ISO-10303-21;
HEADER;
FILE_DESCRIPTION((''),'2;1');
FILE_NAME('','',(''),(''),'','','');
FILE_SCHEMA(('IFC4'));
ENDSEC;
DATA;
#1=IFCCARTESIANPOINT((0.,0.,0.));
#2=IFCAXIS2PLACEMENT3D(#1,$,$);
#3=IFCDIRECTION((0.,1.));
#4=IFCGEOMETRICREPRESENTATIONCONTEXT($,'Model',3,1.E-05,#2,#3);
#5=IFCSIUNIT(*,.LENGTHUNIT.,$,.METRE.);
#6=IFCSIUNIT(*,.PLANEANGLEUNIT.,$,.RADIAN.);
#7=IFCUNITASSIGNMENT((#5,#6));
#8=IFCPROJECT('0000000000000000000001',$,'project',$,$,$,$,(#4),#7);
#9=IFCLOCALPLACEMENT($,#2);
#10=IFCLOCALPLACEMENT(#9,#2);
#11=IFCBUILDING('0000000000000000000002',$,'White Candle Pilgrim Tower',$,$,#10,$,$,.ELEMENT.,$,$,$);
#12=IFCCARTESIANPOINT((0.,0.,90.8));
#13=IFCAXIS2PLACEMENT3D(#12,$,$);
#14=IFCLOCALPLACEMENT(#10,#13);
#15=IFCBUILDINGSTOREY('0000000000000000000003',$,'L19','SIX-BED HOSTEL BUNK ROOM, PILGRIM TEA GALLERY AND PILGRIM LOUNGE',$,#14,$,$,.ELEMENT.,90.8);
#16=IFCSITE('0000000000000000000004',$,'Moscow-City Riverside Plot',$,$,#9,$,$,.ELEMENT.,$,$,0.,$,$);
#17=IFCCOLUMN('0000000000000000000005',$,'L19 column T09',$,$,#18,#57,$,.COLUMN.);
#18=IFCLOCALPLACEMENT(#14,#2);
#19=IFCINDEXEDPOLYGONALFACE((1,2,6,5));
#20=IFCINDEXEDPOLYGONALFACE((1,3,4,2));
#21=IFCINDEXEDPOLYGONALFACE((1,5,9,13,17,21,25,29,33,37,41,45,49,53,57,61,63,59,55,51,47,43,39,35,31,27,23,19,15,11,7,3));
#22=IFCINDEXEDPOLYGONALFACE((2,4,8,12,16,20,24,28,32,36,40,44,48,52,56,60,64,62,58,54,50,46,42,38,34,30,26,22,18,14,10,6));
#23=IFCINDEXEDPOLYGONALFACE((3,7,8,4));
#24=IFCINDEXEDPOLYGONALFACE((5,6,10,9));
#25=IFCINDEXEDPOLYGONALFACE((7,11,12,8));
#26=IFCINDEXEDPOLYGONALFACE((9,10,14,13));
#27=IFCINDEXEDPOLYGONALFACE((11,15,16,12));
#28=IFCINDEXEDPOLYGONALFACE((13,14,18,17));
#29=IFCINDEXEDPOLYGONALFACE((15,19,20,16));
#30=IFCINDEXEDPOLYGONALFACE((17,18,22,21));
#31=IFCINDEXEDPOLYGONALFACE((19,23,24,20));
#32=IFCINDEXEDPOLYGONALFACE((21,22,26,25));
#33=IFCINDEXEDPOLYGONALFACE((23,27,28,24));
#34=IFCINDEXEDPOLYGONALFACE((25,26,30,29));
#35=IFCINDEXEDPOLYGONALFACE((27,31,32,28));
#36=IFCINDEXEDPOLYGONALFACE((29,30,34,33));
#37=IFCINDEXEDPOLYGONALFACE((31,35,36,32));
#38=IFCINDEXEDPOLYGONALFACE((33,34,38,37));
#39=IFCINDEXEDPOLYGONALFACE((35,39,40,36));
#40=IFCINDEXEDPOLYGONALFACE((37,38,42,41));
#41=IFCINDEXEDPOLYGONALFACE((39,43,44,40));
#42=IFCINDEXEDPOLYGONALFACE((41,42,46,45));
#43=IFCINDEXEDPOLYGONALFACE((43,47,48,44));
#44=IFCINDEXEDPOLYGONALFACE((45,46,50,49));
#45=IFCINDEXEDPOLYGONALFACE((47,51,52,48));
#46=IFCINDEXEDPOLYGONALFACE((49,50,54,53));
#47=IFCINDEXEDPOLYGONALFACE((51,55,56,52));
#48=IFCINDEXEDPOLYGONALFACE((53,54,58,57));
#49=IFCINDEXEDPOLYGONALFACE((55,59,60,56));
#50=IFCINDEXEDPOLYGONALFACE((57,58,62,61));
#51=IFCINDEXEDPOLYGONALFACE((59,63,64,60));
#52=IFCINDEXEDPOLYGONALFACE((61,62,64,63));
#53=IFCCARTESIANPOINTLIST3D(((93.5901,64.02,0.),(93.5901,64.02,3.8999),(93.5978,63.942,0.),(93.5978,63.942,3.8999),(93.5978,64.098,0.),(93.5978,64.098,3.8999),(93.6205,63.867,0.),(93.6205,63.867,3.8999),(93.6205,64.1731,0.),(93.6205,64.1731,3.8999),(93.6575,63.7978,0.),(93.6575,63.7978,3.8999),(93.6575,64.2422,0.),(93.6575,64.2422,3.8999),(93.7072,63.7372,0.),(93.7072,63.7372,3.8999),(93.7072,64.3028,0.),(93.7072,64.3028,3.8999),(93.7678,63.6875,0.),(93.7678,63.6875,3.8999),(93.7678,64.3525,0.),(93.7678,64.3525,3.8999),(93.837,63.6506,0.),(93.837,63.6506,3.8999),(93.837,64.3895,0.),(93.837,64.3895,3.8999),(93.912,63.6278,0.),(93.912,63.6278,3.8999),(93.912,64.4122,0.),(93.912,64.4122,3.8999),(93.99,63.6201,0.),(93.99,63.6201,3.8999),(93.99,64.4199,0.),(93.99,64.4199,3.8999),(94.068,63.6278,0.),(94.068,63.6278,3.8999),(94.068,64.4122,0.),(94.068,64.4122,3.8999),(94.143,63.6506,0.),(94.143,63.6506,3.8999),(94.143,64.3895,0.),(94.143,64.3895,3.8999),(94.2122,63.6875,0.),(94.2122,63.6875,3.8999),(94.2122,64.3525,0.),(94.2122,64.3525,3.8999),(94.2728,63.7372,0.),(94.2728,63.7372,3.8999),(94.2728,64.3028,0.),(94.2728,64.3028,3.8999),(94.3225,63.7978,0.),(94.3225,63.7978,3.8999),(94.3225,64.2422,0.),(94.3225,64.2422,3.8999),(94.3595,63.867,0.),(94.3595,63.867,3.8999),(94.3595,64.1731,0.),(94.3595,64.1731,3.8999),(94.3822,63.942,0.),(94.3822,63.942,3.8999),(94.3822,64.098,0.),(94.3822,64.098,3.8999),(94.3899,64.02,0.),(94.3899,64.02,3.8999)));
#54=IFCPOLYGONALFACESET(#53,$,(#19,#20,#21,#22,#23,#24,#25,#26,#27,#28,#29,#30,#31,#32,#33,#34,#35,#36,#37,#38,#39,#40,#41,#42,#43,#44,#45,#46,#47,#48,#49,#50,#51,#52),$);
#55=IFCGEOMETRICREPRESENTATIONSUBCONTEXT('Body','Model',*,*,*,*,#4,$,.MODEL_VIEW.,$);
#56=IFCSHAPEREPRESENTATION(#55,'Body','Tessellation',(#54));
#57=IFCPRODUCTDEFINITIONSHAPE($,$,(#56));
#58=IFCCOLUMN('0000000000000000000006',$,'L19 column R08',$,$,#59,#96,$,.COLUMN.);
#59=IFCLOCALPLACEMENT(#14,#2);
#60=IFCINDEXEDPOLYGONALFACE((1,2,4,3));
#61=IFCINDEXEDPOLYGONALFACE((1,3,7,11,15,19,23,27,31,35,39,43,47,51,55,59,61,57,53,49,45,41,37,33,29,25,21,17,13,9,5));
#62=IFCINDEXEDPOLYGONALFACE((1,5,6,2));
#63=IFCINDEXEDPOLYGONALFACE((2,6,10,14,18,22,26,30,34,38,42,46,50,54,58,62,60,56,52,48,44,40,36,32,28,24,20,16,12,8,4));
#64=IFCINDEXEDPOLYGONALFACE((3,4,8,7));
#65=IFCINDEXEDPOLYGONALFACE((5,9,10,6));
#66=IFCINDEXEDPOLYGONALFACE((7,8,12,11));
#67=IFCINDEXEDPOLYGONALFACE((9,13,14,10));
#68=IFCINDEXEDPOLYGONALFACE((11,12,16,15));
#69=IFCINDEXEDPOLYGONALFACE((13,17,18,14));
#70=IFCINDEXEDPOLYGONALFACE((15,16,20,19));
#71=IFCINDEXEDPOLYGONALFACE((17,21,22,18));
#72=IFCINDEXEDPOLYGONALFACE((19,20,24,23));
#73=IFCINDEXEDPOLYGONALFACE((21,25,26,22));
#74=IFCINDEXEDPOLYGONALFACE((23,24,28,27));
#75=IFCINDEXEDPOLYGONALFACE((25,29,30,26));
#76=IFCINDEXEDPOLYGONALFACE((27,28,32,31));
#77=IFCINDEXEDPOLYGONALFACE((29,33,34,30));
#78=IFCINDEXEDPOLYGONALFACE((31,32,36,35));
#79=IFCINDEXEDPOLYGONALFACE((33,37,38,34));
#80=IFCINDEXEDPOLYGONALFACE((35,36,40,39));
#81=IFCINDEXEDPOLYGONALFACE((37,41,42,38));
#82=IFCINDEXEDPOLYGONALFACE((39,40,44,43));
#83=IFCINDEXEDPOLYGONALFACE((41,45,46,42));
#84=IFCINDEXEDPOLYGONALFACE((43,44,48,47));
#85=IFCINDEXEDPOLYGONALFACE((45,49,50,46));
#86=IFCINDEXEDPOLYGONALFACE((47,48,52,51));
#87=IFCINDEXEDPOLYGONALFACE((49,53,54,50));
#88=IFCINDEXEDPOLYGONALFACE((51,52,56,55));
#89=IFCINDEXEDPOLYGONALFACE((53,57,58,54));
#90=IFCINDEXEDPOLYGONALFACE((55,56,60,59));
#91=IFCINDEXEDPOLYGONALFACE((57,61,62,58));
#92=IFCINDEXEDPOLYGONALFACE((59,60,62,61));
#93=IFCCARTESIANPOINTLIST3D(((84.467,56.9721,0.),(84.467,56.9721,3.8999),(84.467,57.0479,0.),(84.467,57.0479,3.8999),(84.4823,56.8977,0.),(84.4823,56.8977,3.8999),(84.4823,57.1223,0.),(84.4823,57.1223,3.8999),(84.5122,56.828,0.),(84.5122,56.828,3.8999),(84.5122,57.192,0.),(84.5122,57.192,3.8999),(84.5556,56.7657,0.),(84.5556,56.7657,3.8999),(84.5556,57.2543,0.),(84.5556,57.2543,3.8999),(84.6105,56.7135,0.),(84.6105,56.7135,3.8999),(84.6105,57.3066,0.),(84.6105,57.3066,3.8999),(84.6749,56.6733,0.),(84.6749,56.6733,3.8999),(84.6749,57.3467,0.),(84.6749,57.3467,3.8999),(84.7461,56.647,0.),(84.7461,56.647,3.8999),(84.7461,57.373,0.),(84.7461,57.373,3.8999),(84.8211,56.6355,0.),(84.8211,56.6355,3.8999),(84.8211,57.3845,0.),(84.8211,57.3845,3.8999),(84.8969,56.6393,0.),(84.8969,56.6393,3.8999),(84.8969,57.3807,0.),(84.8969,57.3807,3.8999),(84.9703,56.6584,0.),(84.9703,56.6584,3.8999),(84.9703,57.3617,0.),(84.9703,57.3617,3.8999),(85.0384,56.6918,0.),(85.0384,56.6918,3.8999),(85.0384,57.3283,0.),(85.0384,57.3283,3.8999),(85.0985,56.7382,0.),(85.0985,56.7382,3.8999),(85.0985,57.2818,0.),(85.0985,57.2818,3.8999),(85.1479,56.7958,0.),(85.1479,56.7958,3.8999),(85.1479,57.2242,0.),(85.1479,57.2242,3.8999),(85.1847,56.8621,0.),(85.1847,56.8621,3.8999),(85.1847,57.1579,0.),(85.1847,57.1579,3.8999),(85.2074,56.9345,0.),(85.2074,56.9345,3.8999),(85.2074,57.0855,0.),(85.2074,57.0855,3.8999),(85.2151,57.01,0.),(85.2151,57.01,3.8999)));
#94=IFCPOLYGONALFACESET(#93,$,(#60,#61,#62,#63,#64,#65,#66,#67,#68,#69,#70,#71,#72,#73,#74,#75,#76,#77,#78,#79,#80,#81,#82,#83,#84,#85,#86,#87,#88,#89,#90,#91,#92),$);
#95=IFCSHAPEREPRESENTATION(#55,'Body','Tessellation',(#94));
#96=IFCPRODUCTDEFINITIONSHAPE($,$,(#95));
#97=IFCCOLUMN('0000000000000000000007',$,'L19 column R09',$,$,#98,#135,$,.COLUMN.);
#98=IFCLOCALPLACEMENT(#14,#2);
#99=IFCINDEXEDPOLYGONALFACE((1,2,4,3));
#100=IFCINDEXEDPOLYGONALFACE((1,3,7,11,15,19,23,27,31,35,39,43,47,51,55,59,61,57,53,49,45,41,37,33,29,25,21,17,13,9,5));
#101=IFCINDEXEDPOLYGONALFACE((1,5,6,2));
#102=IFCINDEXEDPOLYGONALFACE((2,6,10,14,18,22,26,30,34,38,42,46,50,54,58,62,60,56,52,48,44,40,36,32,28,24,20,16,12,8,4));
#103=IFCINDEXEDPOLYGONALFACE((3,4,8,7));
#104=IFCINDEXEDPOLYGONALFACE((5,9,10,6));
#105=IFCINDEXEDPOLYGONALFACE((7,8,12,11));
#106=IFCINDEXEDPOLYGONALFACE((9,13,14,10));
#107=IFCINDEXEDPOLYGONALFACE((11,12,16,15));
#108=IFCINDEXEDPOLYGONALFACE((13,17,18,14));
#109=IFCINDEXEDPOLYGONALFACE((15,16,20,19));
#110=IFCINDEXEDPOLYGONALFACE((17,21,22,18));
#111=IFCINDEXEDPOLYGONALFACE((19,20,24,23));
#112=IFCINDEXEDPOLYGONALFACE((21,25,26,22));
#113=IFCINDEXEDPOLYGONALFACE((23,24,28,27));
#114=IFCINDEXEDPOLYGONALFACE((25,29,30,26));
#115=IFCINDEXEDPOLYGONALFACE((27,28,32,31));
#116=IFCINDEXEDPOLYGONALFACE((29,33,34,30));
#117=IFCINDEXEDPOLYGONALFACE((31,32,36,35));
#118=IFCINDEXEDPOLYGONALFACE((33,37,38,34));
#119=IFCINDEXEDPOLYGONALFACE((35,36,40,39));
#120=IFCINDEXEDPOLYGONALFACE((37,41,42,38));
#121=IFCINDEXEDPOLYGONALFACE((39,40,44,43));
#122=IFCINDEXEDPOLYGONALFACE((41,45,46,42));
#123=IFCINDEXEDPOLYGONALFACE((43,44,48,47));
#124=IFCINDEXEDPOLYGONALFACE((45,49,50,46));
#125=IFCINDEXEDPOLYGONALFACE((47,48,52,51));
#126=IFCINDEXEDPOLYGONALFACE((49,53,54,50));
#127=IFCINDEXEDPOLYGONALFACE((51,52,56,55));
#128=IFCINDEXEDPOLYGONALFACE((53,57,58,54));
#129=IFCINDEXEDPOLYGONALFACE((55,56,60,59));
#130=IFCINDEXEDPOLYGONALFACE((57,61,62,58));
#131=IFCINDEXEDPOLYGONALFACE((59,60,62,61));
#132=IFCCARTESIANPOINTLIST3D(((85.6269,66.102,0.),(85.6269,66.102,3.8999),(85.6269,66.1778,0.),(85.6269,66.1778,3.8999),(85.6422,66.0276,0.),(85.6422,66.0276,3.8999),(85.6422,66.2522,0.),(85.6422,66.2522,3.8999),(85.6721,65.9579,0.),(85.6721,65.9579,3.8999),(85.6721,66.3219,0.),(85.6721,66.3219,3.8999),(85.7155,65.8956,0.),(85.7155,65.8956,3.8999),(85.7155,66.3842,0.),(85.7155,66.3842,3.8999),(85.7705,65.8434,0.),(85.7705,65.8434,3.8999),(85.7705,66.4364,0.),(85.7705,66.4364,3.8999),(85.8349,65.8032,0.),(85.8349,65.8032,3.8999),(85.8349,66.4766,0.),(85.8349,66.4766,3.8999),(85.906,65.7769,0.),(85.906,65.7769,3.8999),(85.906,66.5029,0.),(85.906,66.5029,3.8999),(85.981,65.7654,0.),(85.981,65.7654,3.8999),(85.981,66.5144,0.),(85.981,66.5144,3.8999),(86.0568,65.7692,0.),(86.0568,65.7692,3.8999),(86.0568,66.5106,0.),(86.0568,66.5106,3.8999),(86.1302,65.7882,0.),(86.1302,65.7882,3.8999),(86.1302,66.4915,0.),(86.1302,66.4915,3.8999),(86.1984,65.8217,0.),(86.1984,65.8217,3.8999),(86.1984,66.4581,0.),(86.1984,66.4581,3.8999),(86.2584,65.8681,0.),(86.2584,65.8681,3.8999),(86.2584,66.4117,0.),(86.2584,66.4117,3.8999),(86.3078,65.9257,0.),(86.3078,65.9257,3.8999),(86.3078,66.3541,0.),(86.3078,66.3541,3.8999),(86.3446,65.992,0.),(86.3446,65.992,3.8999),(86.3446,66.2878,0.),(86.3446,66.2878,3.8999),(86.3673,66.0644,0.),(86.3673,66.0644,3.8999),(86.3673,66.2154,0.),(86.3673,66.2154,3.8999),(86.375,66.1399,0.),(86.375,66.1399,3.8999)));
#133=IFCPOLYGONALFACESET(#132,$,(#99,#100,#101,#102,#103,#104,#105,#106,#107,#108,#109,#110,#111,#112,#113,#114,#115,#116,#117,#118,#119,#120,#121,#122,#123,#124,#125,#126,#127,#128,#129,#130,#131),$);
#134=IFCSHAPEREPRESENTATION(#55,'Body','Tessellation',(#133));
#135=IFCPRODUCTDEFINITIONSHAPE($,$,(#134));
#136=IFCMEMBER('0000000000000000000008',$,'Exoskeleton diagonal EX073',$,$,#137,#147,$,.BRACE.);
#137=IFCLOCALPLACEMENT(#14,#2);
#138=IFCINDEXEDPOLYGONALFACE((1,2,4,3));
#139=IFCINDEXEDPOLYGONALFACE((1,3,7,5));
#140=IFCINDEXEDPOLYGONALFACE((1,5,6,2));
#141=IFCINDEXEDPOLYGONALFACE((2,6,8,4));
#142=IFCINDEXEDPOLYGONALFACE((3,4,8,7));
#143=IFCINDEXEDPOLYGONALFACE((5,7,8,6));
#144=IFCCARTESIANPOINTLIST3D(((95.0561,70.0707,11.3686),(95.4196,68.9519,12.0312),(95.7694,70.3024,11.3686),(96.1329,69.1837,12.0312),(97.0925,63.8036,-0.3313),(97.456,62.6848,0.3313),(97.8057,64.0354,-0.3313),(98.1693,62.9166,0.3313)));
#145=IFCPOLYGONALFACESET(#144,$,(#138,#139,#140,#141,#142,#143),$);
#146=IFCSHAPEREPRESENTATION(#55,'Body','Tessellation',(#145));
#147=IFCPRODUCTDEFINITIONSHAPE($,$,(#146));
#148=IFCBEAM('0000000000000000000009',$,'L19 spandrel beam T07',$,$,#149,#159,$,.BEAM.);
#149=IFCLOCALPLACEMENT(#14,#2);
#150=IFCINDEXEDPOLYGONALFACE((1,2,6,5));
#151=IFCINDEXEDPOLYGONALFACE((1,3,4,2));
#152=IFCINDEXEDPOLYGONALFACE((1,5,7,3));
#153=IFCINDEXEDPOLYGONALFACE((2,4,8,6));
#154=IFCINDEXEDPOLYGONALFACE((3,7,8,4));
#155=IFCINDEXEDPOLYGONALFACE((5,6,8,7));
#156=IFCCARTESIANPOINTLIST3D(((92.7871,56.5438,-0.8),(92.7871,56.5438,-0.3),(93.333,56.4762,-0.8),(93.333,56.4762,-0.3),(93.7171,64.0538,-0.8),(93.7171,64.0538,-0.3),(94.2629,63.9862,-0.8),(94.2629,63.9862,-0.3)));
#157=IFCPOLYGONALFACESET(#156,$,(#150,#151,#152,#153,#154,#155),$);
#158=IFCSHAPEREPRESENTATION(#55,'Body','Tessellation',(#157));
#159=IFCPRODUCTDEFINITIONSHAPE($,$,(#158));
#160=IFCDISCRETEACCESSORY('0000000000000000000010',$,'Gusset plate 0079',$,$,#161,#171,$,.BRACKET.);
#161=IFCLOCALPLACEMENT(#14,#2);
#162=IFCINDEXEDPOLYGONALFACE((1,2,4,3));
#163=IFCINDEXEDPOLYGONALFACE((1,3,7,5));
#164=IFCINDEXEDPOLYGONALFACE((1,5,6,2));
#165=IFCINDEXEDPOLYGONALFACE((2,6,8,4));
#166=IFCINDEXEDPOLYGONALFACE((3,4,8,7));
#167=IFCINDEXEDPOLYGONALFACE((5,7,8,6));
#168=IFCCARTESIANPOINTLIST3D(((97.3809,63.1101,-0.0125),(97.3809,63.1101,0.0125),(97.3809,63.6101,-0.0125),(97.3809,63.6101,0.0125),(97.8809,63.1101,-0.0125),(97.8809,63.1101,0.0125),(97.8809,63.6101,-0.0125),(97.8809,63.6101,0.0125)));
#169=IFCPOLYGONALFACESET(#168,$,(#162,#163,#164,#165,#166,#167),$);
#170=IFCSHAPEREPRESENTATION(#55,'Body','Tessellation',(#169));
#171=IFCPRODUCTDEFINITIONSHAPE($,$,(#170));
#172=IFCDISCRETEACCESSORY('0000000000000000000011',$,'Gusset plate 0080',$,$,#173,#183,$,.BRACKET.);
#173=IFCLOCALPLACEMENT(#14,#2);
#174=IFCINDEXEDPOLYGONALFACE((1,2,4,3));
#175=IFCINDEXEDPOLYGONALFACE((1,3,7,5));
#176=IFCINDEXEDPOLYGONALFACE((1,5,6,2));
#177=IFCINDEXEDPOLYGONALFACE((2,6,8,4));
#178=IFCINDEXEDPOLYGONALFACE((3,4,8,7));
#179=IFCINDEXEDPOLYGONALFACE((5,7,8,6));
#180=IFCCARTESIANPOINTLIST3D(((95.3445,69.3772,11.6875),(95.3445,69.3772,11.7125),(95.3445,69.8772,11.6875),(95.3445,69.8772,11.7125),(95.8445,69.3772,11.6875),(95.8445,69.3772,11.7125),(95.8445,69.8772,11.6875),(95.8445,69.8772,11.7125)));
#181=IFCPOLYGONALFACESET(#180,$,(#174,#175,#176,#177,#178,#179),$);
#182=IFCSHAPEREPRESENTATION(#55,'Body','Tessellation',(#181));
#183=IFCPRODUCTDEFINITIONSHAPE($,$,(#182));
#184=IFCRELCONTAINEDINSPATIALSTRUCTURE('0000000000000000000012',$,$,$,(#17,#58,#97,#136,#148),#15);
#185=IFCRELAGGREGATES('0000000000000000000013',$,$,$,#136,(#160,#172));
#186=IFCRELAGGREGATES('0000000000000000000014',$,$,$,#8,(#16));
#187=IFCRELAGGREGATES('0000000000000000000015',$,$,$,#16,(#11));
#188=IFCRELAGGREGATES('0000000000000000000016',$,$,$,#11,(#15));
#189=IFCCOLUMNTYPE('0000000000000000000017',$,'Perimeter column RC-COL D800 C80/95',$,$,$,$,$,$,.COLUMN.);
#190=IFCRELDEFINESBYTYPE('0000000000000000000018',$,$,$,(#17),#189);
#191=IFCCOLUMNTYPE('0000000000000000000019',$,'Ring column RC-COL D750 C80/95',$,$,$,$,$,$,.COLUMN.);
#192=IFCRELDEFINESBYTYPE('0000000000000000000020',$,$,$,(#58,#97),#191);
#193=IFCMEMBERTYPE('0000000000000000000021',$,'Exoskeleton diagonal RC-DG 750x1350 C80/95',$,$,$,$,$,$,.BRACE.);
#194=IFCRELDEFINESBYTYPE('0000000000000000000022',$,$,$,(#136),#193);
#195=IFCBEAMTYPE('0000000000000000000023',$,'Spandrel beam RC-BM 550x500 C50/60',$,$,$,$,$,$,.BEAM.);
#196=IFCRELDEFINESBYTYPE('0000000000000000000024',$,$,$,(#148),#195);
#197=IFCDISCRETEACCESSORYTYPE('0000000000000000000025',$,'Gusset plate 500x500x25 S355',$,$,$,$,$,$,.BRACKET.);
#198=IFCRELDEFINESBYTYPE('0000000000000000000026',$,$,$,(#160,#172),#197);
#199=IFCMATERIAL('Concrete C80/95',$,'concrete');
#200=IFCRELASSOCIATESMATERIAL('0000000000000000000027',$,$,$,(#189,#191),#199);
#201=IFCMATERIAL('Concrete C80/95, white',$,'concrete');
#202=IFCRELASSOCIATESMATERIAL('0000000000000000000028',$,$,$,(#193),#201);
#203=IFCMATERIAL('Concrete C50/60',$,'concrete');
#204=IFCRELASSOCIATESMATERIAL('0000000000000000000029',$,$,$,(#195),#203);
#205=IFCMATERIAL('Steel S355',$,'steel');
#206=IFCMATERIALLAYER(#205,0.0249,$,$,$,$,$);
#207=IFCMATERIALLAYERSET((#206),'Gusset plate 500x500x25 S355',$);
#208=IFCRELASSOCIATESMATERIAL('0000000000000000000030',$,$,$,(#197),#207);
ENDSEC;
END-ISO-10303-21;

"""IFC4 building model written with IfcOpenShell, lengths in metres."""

from ifc_helpers import new_model, si_unit, direction, frame, origin, origin_2d, place, context, subcontext, project, spatial, rectangle, circle, extrude, material, layer, layer_set, material_profile, profile_set, type_object, element, aggregate, save


model = new_model("IFC4")

# Units and contexts
model_context = context("Model", 3, precision=1e-05, world=origin(), true_north=direction((0.0, 1.0)))
body_context = subcontext(model_context, "Body", "Model", "MODEL_VIEW")
ifc_project = project(units=[si_unit("LENGTHUNIT", "METRE"), si_unit("PLANEANGLEUNIT", "RADIAN")], contexts=[model_context])

# Site, building, storey
site_placement = place(None, origin())
site = spatial("IfcSite", under=ifc_project, at=site_placement, Name="Moscow-City Riverside Plot", CompositionType="ELEMENT", RefElevation=0.0)
building_placement = place(site_placement, origin())
building = spatial("IfcBuilding", under=site, at=building_placement, Name="White Candle Pilgrim Tower", CompositionType="ELEMENT")
storey_placement = place(building_placement, frame((0.0, 0.0, 90.8)))
storey = spatial("IfcBuildingStorey", under=building, at=storey_placement, Name="L19", Description="SIX-BED HOSTEL BUNK ROOM, PILGRIM TEA GALLERY AND PILGRIM LOUNGE", CompositionType="ELEMENT", Elevation=90.8)

# Columns
ifc_material_1 = material(Name="Concrete C80/95", Category="concrete")
ifc_material_profile_1 = material_profile(ifc_material_1, circle(Radius=0.3999, at=origin_2d()), Name="RC-COL D800")
ifc_profile_set_1 = profile_set([ifc_material_profile_1], Name="Concrete C80/95")
column_type_1 = type_object("IfcColumnType", Name="Perimeter column RC-COL D800 C80/95", PredefinedType="COLUMN", material=ifc_profile_set_1)
column_placement = place(storey_placement, frame((93.99, 64.02, 0.0), z_axis=(0.0, 0.0, 1.0), x_axis=(1.0, 0.0, 0.0)))
element("IfcColumn", 1, at=column_placement, inside=storey, type_object=column_type_1, Name="L19 column T09", PredefinedType="COLUMN", context=body_context, shape_type="SweptSolid", body=[
    extrude(circle(Radius=0.3999, at=origin_2d()), origin(), (0.0, 0.0, 1.0), 3.8999),
])
ifc_material_profile_2 = material_profile(ifc_material_1, circle(Radius=0.375, at=origin_2d()), Name="RC-COL D750")
ifc_profile_set_2 = profile_set([ifc_material_profile_2], Name="Concrete C80/95")
column_type_2 = type_object("IfcColumnType", Name="Ring column RC-COL D750 C80/95", PredefinedType="COLUMN", material=ifc_profile_set_2)
for number, where, z_axis, x_axis, name in (
    (2, (84.8401, 57.01, 0.0), (0.0, 0.0, 1.0), (1.0, 0.0, 0.0), "L19 column R08"),
    (3, (86.0, 66.1399, 0.0), (0.0, 0.0, 1.0), (1.0, 0.0, 0.0), "L19 column R09"),
):
    element("IfcColumn", number, at=place(storey_placement, frame(where, z_axis=z_axis, x_axis=x_axis)), inside=storey, type_object=column_type_2, Name=name, PredefinedType="COLUMN", context=body_context, shape_type="SweptSolid", body=[
        extrude(circle(Radius=0.375, at=origin_2d()), origin(), (0.0, 0.0, 1.0), 3.8999),
    ])

# Member
ifc_material_2 = material(Name="Concrete C80/95, white", Category="concrete")
ifc_material_profile_3 = material_profile(ifc_material_2, rectangle(XDim=0.75, YDim=1.3501, at=origin_2d()), Name="RC-DG 750x1350")
ifc_profile_set_3 = profile_set([ifc_material_profile_3], Name="Concrete C80/95, white")
member_type = type_object("IfcMemberType", Name="Exoskeleton diagonal RC-DG 750x1350 C80/95", PredefinedType="BRACE", material=ifc_profile_set_3)
member_placement = place(storey_placement, frame((97.6309, 63.3601, 0.0), z_axis=(-0.151651, 0.466717, 0.871308), x_axis=(-0.951053, -0.309027, 0.0)))
member = element("IfcMember", 4, at=member_placement, inside=storey, type_object=member_type, Name="Exoskeleton diagonal EX073", PredefinedType="BRACE", context=body_context, shape_type="SweptSolid", body=[
    extrude(rectangle(XDim=0.75, YDim=1.3501, at=origin_2d()), origin(), (0.0, 0.0, 1.0), 13.428),
])

# Beam
ifc_material_3 = material(Name="Concrete C50/60", Category="concrete")
ifc_material_profile_4 = material_profile(ifc_material_3, rectangle(XDim=0.55, YDim=0.5, at=origin_2d()), Name="RC-BM 550x500")
ifc_profile_set_4 = profile_set([ifc_material_profile_4], Name="Concrete C50/60")
beam_type_1 = type_object("IfcBeamType", Name="Spandrel beam RC-BM 550x500 C50/60", PredefinedType="BEAM", material=ifc_profile_set_4)
beam_1_placement = place(storey_placement, frame((93.0601, 56.51, -0.55), z_axis=(0.122887, 0.992421, 0.0), x_axis=(-0.992421, 0.122887, 0.0)))
element("IfcBeam", 5, at=beam_1_placement, inside=storey, type_object=beam_type_1, Name="L19 spandrel beam T07", PredefinedType="BEAM", context=body_context, shape_type="SweptSolid", body=[
    extrude(rectangle(XDim=0.55, YDim=0.5, at=origin_2d()), origin(), (0.0, 0.0, 1.0), 7.5674),
])

# Discrete accessories
ifc_material_4 = material(Name="Steel S355", Category="steel")
ifc_layer_1 = layer(ifc_material_4, 0.0249)
ifc_layer_set_1 = layer_set([ifc_layer_1], Name="Gusset plate 500x500x25 S355")
discrete_accessory_type = type_object("IfcDiscreteAccessoryType", Name="Gusset plate 500x500x25 S355", PredefinedType="BRACKET", material=ifc_layer_set_1)
discrete_accessory_1_placement = place(storey_placement, frame((97.6309, 63.3601, -0.0125), z_axis=(0.0, 0.0, 1.0), x_axis=(1.0, 0.0, 0.0)))
discrete_accessory_1 = element("IfcDiscreteAccessory", 6, at=discrete_accessory_1_placement, type_object=discrete_accessory_type, Name="Gusset plate 0079", PredefinedType="BRACKET", context=body_context, shape_type="SweptSolid", body=[
    extrude(rectangle(XDim=0.5, YDim=0.5, at=origin_2d()), origin(), (0.0, 0.0, 1.0), 0.0249),
])
placement = place(building_placement, frame((0.0, 0.0, 102.5)))
discrete_accessory_2_placement = place(placement, frame((95.5945, 69.6272, -0.0125), z_axis=(0.0, 0.0, 1.0), x_axis=(1.0, 0.0, 0.0)))
discrete_accessory_2 = element("IfcDiscreteAccessory", 7, at=discrete_accessory_2_placement, type_object=discrete_accessory_type, Name="Gusset plate 0080", PredefinedType="BRACKET", context=body_context, shape_type="SweptSolid", body=[
    extrude(rectangle(XDim=0.5, YDim=0.5, at=origin_2d()), origin(), (0.0, 0.0, 1.0), 0.0249),
])
aggregate(member, [discrete_accessory_1, discrete_accessory_2])

save(model, "model.ifc")
